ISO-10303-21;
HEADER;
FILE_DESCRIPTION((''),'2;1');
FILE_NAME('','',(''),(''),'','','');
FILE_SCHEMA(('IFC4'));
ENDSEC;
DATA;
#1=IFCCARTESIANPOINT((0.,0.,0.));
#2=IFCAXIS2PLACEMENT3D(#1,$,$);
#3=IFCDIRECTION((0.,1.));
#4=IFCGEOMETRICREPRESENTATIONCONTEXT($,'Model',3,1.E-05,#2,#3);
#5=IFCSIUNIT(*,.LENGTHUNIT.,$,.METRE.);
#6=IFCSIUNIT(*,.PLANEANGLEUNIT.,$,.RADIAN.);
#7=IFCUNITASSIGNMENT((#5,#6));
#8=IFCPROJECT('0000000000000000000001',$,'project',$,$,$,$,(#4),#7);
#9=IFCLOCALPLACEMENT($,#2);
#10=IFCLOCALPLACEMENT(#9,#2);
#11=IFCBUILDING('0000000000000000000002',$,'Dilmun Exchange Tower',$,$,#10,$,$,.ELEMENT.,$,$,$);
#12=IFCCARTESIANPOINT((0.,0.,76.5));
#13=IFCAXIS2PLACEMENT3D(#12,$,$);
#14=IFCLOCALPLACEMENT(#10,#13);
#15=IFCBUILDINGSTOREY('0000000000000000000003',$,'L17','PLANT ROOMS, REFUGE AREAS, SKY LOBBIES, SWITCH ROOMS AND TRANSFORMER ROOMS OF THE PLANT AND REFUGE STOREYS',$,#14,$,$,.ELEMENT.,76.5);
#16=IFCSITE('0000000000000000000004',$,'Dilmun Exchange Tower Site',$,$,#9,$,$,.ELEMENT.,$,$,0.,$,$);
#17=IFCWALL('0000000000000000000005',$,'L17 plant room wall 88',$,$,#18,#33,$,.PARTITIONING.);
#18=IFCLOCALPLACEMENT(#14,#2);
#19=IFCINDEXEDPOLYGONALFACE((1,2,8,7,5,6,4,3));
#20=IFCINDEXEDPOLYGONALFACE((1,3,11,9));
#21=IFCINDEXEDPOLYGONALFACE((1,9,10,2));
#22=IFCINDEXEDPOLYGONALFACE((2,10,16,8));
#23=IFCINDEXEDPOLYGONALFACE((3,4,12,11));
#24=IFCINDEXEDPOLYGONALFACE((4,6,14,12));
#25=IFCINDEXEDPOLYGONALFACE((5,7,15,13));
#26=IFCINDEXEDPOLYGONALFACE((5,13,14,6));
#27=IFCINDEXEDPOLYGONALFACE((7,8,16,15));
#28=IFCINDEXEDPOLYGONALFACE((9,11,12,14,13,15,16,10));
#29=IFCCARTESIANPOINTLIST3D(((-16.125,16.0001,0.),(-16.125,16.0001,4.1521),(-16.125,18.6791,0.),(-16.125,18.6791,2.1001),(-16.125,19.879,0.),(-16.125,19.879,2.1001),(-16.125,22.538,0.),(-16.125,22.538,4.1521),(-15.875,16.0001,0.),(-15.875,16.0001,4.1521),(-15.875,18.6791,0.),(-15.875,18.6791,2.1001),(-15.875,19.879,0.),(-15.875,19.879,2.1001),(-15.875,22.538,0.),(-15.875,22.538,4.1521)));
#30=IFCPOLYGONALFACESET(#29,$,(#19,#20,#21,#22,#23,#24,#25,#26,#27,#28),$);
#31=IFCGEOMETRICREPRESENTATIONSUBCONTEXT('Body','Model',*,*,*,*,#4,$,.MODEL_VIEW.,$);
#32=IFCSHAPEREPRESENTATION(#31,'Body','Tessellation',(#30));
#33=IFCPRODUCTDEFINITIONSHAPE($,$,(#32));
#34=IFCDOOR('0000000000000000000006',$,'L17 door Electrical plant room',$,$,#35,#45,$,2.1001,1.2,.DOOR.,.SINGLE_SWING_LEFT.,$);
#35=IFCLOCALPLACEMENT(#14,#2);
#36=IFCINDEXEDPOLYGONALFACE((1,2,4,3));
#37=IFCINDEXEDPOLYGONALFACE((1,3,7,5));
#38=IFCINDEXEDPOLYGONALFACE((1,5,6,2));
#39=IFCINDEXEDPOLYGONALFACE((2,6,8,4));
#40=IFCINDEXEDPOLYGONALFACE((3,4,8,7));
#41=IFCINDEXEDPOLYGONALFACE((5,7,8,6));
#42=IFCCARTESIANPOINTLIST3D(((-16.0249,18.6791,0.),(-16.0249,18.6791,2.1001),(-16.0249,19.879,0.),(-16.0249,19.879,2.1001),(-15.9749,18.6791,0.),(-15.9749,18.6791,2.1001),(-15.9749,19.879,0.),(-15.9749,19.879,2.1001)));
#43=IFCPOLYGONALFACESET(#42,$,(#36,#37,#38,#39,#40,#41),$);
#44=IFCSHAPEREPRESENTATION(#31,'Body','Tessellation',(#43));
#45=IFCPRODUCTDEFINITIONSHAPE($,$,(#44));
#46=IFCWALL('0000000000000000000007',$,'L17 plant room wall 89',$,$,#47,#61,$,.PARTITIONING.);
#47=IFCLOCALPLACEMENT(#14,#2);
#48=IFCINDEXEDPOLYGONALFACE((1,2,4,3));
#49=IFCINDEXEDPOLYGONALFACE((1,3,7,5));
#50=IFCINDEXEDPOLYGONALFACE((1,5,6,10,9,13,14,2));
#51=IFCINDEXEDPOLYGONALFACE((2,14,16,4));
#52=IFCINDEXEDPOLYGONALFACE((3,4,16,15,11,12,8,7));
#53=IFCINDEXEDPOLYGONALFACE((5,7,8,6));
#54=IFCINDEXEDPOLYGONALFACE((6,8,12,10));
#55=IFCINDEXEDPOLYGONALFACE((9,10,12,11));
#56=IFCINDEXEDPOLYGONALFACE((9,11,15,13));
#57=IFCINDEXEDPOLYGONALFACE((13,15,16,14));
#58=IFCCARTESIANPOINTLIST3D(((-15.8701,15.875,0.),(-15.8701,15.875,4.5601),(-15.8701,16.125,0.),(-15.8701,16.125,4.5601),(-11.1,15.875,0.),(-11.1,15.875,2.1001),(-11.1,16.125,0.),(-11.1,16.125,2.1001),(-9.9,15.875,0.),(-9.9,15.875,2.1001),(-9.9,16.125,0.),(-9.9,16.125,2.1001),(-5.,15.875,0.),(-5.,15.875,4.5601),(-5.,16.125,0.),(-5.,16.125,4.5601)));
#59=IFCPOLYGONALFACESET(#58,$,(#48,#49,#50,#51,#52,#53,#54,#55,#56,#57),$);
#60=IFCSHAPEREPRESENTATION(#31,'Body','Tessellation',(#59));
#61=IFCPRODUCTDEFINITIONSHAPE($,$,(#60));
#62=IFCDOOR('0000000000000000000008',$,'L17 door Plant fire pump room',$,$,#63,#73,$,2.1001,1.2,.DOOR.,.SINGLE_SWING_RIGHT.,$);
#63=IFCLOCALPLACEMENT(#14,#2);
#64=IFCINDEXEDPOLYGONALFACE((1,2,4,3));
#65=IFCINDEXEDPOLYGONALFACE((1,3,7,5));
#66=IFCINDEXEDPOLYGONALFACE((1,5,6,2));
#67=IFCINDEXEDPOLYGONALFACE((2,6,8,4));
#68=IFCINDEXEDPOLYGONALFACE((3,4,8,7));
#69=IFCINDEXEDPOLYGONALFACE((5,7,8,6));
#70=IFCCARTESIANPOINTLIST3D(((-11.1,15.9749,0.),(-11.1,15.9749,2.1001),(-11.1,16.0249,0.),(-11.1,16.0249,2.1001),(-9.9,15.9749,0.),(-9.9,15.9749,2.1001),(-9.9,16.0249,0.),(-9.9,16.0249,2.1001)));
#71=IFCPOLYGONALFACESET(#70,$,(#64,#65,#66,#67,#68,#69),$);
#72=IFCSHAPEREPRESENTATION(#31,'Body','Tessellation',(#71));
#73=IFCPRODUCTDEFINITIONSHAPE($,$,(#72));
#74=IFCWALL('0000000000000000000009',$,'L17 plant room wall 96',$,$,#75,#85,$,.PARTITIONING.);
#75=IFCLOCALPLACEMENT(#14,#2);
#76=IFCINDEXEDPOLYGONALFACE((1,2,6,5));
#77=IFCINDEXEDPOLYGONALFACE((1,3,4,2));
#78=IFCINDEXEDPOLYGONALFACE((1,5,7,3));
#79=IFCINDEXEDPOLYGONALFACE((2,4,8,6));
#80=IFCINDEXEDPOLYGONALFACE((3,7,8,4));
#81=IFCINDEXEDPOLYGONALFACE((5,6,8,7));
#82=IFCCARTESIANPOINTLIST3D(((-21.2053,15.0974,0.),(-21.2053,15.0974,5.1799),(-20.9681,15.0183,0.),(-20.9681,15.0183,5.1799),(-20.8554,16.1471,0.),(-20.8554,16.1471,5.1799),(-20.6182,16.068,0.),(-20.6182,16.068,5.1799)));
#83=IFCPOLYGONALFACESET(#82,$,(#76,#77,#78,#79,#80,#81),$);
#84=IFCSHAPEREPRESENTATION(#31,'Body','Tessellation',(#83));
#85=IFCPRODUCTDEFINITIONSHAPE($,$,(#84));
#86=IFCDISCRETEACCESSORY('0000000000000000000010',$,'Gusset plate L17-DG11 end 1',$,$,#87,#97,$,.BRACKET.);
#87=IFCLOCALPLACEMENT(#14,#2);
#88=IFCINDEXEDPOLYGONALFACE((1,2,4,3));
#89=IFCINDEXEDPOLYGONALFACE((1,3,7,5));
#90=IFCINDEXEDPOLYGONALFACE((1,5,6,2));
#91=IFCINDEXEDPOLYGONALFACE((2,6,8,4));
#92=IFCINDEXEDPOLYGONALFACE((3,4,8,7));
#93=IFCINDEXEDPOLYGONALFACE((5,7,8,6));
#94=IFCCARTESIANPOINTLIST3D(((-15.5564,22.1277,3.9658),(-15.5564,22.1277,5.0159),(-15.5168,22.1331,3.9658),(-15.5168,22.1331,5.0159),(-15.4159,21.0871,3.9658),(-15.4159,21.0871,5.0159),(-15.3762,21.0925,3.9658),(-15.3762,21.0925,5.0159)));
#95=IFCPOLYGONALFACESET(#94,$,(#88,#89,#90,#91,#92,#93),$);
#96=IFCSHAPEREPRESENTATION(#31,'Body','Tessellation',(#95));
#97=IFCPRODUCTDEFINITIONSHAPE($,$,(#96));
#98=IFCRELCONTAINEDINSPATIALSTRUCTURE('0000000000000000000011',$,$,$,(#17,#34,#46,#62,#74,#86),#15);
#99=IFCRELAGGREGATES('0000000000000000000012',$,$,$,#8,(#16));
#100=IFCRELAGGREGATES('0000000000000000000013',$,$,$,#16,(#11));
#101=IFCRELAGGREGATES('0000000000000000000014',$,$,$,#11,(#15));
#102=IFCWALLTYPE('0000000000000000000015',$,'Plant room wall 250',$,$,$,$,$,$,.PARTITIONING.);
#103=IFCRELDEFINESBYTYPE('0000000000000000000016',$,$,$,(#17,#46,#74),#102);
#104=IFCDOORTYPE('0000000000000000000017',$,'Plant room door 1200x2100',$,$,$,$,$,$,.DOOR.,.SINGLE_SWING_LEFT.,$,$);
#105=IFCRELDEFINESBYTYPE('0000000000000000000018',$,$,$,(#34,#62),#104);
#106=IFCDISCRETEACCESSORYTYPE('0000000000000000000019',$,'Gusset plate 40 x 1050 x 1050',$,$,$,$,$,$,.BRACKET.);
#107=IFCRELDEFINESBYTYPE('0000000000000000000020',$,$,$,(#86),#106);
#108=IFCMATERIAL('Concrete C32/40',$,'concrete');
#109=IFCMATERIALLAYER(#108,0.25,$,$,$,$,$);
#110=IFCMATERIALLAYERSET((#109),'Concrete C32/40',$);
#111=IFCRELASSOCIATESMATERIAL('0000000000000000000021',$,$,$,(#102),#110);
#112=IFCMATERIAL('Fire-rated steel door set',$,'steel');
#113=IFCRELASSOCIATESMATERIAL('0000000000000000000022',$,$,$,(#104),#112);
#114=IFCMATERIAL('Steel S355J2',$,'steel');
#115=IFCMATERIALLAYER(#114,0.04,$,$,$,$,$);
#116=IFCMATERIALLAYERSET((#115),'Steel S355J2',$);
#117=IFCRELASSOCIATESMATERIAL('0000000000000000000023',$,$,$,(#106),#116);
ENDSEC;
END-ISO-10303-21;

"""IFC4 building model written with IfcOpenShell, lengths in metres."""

from ifc_helpers import new_model, si_unit, direction, frame, frame_2d, origin, origin_2d, place, context, subcontext, project, spatial, rectangle, extrude, material, layer, layer_set, type_object, element, fill, save


model = new_model("IFC4")

# Units and contexts
model_context = context("Model", 3, precision=1e-05, world=origin(), true_north=direction((0.0, 1.0)))
body_context = subcontext(model_context, "Body", "Model", "MODEL_VIEW")
ifc_project = project(units=[si_unit("LENGTHUNIT", "METRE"), si_unit("PLANEANGLEUNIT", "RADIAN")], contexts=[model_context])

# Site, building, storey
site_placement = place(None, origin())
site = spatial("IfcSite", under=ifc_project, at=site_placement, Name="Dilmun Exchange Tower Site", CompositionType="ELEMENT", RefElevation=0.0)
building_placement = place(site_placement, origin())
building = spatial("IfcBuilding", under=site, at=building_placement, Name="Dilmun Exchange Tower", CompositionType="ELEMENT")
storey_placement = place(building_placement, frame((0.0, 0.0, 76.5)))
storey = spatial("IfcBuildingStorey", under=building, at=storey_placement, Name="L17", Description="PLANT ROOMS, REFUGE AREAS, SKY LOBBIES, SWITCH ROOMS AND TRANSFORMER ROOMS OF THE PLANT AND REFUGE STOREYS", CompositionType="ELEMENT", Elevation=76.5)

# Shared definitions
ifc_material_1 = material(Name="Concrete C32/40", Category="concrete")
ifc_layer_1 = layer(ifc_material_1, 0.25)
ifc_layer_set_1 = layer_set([ifc_layer_1], Name="Concrete C32/40")
wall_type = type_object("IfcWallType", Name="Plant room wall 250", PredefinedType="PARTITIONING", material=ifc_layer_set_1)
ifc_material_2 = material(Name="Fire-rated steel door set", Category="steel")
door_type = type_object("IfcDoorType", Name="Plant room door 1200x2100", OperationType="SINGLE_SWING_LEFT", PredefinedType="DOOR", material=ifc_material_2)

# Walls, openings, doors
wall_1_placement = place(storey_placement, frame((-16.0, 16.0, 0.0), z_axis=(0.0, 0.0, 1.0), x_axis=(0.0, 1.0, 0.0)))
wall_1 = element("IfcWall", 1, at=wall_1_placement, inside=storey, type_object=wall_type, Name="L17 plant room wall 88", PredefinedType="PARTITIONING", context=body_context, shape_type="SweptSolid", body=[
    extrude(rectangle(XDim=6.5378, YDim=0.25, at=frame_2d((3.269, 0.0))), origin(), (0.0, 0.0, 1.0), 4.1521),
])
opening_1_placement = place(wall_1_placement, frame((2.679, 0.0, 0.0)))
opening_1 = element("IfcOpeningElement", 2, at=opening_1_placement, cuts=wall_1, PredefinedType="OPENING", context=body_context, shape_type="SweptSolid", body=[
    extrude(rectangle(XDim=1.2, YDim=2.1001, at=frame_2d((0.6001, 1.05))), frame((0.0, 0.135, 0.0), z_axis=(0.0, -1.0, 0.0), x_axis=(1.0, 0.0, 0.0)), (0.0, 0.0, 1.0), 0.27),
])
door_1_placement = place(opening_1_placement, origin())
door_1 = element("IfcDoor", 3, at=door_1_placement, inside=storey, type_object=door_type, Name="L17 door Electrical plant room", OperationType="SINGLE_SWING_LEFT", OverallHeight=2.1001, OverallWidth=1.2, PredefinedType="DOOR", context=body_context, shape_type="SweptSolid", body=[
    extrude(rectangle(XDim=1.2, YDim=2.1001, at=frame_2d((0.6001, 1.05))), frame((0.0, 0.0249, 0.0), z_axis=(0.0, -1.0, 0.0), x_axis=(1.0, 0.0, 0.0)), (0.0, 0.0, 1.0), 0.05),
])
fill(opening_1, door_1)
wall_2_placement = place(storey_placement, frame((-15.8701, 16.0, 0.0), z_axis=(0.0, 0.0, 1.0), x_axis=(1.0, 0.0, 0.0)))
wall_2 = element("IfcWall", 4, at=wall_2_placement, inside=storey, type_object=wall_type, Name="L17 plant room wall 89", PredefinedType="PARTITIONING", context=body_context, shape_type="SweptSolid", body=[
    extrude(rectangle(XDim=10.8701, YDim=0.25, at=frame_2d((5.4351, 0.0))), origin(), (0.0, 0.0, 1.0), 4.5601),
])
opening_2_placement = place(wall_2_placement, frame((4.77, 0.0, 0.0)))
opening_2 = element("IfcOpeningElement", 5, at=opening_2_placement, cuts=wall_2, PredefinedType="OPENING", context=body_context, shape_type="SweptSolid", body=[
    extrude(rectangle(XDim=1.2, YDim=2.1001, at=frame_2d((0.6001, 1.05))), frame((0.0, 0.135, 0.0), z_axis=(0.0, -1.0, 0.0), x_axis=(1.0, 0.0, 0.0)), (0.0, 0.0, 1.0), 0.27),
])
door_2_placement = place(opening_2_placement, origin())
door_2 = element("IfcDoor", 6, at=door_2_placement, inside=storey, type_object=door_type, Name="L17 door Plant fire pump room", OperationType="SINGLE_SWING_RIGHT", OverallHeight=2.1001, OverallWidth=1.2, PredefinedType="DOOR", context=body_context, shape_type="SweptSolid", body=[
    extrude(rectangle(XDim=1.2, YDim=2.1001, at=frame_2d((0.6001, 1.05))), frame((0.0, 0.0249, 0.0), z_axis=(0.0, -1.0, 0.0), x_axis=(1.0, 0.0, 0.0)), (0.0, 0.0, 1.0), 0.05),
])
fill(opening_2, door_2)

# Wall
wall_3_placement = place(storey_placement, frame((-21.0867, 15.0579, 0.0), z_axis=(0.0, 0.0, 1.0), x_axis=(0.316228, 0.948683, 0.0)))
element("IfcWall", 7, at=wall_3_placement, inside=storey, type_object=wall_type, Name="L17 plant room wall 96", PredefinedType="PARTITIONING", context=body_context, shape_type="SweptSolid", body=[
    extrude(rectangle(XDim=1.1064, YDim=0.25, at=frame_2d((0.5532, 0.0))), origin(), (0.0, 0.0, 1.0), 5.1799),
])

# Discrete accessory
ifc_material_3 = material(Name="Steel S355J2", Category="steel")
ifc_layer_2 = layer(ifc_material_3, 0.04)
ifc_layer_set_2 = layer_set([ifc_layer_2], Name="Steel S355J2")
discrete_accessory_type = type_object("IfcDiscreteAccessoryType", Name="Gusset plate 40 x 1050 x 1050", PredefinedType="BRACKET", material=ifc_layer_set_2)
discrete_accessory_placement = place(storey_placement, frame((-15.4663, 21.6101, 3.9658), z_axis=(0.0, 0.0, 1.0), x_axis=(-0.133891, 0.990996, 0.0)))
element("IfcDiscreteAccessory", 8, at=discrete_accessory_placement, inside=storey, type_object=discrete_accessory_type, Name="Gusset plate L17-DG11 end 1", PredefinedType="BRACKET", context=body_context, shape_type="SweptSolid", body=[
    extrude(rectangle(XDim=1.05, YDim=0.04, at=origin_2d()), origin(), (0.0, 0.0, 1.0), 1.05),
])

save(model, "model.ifc")
